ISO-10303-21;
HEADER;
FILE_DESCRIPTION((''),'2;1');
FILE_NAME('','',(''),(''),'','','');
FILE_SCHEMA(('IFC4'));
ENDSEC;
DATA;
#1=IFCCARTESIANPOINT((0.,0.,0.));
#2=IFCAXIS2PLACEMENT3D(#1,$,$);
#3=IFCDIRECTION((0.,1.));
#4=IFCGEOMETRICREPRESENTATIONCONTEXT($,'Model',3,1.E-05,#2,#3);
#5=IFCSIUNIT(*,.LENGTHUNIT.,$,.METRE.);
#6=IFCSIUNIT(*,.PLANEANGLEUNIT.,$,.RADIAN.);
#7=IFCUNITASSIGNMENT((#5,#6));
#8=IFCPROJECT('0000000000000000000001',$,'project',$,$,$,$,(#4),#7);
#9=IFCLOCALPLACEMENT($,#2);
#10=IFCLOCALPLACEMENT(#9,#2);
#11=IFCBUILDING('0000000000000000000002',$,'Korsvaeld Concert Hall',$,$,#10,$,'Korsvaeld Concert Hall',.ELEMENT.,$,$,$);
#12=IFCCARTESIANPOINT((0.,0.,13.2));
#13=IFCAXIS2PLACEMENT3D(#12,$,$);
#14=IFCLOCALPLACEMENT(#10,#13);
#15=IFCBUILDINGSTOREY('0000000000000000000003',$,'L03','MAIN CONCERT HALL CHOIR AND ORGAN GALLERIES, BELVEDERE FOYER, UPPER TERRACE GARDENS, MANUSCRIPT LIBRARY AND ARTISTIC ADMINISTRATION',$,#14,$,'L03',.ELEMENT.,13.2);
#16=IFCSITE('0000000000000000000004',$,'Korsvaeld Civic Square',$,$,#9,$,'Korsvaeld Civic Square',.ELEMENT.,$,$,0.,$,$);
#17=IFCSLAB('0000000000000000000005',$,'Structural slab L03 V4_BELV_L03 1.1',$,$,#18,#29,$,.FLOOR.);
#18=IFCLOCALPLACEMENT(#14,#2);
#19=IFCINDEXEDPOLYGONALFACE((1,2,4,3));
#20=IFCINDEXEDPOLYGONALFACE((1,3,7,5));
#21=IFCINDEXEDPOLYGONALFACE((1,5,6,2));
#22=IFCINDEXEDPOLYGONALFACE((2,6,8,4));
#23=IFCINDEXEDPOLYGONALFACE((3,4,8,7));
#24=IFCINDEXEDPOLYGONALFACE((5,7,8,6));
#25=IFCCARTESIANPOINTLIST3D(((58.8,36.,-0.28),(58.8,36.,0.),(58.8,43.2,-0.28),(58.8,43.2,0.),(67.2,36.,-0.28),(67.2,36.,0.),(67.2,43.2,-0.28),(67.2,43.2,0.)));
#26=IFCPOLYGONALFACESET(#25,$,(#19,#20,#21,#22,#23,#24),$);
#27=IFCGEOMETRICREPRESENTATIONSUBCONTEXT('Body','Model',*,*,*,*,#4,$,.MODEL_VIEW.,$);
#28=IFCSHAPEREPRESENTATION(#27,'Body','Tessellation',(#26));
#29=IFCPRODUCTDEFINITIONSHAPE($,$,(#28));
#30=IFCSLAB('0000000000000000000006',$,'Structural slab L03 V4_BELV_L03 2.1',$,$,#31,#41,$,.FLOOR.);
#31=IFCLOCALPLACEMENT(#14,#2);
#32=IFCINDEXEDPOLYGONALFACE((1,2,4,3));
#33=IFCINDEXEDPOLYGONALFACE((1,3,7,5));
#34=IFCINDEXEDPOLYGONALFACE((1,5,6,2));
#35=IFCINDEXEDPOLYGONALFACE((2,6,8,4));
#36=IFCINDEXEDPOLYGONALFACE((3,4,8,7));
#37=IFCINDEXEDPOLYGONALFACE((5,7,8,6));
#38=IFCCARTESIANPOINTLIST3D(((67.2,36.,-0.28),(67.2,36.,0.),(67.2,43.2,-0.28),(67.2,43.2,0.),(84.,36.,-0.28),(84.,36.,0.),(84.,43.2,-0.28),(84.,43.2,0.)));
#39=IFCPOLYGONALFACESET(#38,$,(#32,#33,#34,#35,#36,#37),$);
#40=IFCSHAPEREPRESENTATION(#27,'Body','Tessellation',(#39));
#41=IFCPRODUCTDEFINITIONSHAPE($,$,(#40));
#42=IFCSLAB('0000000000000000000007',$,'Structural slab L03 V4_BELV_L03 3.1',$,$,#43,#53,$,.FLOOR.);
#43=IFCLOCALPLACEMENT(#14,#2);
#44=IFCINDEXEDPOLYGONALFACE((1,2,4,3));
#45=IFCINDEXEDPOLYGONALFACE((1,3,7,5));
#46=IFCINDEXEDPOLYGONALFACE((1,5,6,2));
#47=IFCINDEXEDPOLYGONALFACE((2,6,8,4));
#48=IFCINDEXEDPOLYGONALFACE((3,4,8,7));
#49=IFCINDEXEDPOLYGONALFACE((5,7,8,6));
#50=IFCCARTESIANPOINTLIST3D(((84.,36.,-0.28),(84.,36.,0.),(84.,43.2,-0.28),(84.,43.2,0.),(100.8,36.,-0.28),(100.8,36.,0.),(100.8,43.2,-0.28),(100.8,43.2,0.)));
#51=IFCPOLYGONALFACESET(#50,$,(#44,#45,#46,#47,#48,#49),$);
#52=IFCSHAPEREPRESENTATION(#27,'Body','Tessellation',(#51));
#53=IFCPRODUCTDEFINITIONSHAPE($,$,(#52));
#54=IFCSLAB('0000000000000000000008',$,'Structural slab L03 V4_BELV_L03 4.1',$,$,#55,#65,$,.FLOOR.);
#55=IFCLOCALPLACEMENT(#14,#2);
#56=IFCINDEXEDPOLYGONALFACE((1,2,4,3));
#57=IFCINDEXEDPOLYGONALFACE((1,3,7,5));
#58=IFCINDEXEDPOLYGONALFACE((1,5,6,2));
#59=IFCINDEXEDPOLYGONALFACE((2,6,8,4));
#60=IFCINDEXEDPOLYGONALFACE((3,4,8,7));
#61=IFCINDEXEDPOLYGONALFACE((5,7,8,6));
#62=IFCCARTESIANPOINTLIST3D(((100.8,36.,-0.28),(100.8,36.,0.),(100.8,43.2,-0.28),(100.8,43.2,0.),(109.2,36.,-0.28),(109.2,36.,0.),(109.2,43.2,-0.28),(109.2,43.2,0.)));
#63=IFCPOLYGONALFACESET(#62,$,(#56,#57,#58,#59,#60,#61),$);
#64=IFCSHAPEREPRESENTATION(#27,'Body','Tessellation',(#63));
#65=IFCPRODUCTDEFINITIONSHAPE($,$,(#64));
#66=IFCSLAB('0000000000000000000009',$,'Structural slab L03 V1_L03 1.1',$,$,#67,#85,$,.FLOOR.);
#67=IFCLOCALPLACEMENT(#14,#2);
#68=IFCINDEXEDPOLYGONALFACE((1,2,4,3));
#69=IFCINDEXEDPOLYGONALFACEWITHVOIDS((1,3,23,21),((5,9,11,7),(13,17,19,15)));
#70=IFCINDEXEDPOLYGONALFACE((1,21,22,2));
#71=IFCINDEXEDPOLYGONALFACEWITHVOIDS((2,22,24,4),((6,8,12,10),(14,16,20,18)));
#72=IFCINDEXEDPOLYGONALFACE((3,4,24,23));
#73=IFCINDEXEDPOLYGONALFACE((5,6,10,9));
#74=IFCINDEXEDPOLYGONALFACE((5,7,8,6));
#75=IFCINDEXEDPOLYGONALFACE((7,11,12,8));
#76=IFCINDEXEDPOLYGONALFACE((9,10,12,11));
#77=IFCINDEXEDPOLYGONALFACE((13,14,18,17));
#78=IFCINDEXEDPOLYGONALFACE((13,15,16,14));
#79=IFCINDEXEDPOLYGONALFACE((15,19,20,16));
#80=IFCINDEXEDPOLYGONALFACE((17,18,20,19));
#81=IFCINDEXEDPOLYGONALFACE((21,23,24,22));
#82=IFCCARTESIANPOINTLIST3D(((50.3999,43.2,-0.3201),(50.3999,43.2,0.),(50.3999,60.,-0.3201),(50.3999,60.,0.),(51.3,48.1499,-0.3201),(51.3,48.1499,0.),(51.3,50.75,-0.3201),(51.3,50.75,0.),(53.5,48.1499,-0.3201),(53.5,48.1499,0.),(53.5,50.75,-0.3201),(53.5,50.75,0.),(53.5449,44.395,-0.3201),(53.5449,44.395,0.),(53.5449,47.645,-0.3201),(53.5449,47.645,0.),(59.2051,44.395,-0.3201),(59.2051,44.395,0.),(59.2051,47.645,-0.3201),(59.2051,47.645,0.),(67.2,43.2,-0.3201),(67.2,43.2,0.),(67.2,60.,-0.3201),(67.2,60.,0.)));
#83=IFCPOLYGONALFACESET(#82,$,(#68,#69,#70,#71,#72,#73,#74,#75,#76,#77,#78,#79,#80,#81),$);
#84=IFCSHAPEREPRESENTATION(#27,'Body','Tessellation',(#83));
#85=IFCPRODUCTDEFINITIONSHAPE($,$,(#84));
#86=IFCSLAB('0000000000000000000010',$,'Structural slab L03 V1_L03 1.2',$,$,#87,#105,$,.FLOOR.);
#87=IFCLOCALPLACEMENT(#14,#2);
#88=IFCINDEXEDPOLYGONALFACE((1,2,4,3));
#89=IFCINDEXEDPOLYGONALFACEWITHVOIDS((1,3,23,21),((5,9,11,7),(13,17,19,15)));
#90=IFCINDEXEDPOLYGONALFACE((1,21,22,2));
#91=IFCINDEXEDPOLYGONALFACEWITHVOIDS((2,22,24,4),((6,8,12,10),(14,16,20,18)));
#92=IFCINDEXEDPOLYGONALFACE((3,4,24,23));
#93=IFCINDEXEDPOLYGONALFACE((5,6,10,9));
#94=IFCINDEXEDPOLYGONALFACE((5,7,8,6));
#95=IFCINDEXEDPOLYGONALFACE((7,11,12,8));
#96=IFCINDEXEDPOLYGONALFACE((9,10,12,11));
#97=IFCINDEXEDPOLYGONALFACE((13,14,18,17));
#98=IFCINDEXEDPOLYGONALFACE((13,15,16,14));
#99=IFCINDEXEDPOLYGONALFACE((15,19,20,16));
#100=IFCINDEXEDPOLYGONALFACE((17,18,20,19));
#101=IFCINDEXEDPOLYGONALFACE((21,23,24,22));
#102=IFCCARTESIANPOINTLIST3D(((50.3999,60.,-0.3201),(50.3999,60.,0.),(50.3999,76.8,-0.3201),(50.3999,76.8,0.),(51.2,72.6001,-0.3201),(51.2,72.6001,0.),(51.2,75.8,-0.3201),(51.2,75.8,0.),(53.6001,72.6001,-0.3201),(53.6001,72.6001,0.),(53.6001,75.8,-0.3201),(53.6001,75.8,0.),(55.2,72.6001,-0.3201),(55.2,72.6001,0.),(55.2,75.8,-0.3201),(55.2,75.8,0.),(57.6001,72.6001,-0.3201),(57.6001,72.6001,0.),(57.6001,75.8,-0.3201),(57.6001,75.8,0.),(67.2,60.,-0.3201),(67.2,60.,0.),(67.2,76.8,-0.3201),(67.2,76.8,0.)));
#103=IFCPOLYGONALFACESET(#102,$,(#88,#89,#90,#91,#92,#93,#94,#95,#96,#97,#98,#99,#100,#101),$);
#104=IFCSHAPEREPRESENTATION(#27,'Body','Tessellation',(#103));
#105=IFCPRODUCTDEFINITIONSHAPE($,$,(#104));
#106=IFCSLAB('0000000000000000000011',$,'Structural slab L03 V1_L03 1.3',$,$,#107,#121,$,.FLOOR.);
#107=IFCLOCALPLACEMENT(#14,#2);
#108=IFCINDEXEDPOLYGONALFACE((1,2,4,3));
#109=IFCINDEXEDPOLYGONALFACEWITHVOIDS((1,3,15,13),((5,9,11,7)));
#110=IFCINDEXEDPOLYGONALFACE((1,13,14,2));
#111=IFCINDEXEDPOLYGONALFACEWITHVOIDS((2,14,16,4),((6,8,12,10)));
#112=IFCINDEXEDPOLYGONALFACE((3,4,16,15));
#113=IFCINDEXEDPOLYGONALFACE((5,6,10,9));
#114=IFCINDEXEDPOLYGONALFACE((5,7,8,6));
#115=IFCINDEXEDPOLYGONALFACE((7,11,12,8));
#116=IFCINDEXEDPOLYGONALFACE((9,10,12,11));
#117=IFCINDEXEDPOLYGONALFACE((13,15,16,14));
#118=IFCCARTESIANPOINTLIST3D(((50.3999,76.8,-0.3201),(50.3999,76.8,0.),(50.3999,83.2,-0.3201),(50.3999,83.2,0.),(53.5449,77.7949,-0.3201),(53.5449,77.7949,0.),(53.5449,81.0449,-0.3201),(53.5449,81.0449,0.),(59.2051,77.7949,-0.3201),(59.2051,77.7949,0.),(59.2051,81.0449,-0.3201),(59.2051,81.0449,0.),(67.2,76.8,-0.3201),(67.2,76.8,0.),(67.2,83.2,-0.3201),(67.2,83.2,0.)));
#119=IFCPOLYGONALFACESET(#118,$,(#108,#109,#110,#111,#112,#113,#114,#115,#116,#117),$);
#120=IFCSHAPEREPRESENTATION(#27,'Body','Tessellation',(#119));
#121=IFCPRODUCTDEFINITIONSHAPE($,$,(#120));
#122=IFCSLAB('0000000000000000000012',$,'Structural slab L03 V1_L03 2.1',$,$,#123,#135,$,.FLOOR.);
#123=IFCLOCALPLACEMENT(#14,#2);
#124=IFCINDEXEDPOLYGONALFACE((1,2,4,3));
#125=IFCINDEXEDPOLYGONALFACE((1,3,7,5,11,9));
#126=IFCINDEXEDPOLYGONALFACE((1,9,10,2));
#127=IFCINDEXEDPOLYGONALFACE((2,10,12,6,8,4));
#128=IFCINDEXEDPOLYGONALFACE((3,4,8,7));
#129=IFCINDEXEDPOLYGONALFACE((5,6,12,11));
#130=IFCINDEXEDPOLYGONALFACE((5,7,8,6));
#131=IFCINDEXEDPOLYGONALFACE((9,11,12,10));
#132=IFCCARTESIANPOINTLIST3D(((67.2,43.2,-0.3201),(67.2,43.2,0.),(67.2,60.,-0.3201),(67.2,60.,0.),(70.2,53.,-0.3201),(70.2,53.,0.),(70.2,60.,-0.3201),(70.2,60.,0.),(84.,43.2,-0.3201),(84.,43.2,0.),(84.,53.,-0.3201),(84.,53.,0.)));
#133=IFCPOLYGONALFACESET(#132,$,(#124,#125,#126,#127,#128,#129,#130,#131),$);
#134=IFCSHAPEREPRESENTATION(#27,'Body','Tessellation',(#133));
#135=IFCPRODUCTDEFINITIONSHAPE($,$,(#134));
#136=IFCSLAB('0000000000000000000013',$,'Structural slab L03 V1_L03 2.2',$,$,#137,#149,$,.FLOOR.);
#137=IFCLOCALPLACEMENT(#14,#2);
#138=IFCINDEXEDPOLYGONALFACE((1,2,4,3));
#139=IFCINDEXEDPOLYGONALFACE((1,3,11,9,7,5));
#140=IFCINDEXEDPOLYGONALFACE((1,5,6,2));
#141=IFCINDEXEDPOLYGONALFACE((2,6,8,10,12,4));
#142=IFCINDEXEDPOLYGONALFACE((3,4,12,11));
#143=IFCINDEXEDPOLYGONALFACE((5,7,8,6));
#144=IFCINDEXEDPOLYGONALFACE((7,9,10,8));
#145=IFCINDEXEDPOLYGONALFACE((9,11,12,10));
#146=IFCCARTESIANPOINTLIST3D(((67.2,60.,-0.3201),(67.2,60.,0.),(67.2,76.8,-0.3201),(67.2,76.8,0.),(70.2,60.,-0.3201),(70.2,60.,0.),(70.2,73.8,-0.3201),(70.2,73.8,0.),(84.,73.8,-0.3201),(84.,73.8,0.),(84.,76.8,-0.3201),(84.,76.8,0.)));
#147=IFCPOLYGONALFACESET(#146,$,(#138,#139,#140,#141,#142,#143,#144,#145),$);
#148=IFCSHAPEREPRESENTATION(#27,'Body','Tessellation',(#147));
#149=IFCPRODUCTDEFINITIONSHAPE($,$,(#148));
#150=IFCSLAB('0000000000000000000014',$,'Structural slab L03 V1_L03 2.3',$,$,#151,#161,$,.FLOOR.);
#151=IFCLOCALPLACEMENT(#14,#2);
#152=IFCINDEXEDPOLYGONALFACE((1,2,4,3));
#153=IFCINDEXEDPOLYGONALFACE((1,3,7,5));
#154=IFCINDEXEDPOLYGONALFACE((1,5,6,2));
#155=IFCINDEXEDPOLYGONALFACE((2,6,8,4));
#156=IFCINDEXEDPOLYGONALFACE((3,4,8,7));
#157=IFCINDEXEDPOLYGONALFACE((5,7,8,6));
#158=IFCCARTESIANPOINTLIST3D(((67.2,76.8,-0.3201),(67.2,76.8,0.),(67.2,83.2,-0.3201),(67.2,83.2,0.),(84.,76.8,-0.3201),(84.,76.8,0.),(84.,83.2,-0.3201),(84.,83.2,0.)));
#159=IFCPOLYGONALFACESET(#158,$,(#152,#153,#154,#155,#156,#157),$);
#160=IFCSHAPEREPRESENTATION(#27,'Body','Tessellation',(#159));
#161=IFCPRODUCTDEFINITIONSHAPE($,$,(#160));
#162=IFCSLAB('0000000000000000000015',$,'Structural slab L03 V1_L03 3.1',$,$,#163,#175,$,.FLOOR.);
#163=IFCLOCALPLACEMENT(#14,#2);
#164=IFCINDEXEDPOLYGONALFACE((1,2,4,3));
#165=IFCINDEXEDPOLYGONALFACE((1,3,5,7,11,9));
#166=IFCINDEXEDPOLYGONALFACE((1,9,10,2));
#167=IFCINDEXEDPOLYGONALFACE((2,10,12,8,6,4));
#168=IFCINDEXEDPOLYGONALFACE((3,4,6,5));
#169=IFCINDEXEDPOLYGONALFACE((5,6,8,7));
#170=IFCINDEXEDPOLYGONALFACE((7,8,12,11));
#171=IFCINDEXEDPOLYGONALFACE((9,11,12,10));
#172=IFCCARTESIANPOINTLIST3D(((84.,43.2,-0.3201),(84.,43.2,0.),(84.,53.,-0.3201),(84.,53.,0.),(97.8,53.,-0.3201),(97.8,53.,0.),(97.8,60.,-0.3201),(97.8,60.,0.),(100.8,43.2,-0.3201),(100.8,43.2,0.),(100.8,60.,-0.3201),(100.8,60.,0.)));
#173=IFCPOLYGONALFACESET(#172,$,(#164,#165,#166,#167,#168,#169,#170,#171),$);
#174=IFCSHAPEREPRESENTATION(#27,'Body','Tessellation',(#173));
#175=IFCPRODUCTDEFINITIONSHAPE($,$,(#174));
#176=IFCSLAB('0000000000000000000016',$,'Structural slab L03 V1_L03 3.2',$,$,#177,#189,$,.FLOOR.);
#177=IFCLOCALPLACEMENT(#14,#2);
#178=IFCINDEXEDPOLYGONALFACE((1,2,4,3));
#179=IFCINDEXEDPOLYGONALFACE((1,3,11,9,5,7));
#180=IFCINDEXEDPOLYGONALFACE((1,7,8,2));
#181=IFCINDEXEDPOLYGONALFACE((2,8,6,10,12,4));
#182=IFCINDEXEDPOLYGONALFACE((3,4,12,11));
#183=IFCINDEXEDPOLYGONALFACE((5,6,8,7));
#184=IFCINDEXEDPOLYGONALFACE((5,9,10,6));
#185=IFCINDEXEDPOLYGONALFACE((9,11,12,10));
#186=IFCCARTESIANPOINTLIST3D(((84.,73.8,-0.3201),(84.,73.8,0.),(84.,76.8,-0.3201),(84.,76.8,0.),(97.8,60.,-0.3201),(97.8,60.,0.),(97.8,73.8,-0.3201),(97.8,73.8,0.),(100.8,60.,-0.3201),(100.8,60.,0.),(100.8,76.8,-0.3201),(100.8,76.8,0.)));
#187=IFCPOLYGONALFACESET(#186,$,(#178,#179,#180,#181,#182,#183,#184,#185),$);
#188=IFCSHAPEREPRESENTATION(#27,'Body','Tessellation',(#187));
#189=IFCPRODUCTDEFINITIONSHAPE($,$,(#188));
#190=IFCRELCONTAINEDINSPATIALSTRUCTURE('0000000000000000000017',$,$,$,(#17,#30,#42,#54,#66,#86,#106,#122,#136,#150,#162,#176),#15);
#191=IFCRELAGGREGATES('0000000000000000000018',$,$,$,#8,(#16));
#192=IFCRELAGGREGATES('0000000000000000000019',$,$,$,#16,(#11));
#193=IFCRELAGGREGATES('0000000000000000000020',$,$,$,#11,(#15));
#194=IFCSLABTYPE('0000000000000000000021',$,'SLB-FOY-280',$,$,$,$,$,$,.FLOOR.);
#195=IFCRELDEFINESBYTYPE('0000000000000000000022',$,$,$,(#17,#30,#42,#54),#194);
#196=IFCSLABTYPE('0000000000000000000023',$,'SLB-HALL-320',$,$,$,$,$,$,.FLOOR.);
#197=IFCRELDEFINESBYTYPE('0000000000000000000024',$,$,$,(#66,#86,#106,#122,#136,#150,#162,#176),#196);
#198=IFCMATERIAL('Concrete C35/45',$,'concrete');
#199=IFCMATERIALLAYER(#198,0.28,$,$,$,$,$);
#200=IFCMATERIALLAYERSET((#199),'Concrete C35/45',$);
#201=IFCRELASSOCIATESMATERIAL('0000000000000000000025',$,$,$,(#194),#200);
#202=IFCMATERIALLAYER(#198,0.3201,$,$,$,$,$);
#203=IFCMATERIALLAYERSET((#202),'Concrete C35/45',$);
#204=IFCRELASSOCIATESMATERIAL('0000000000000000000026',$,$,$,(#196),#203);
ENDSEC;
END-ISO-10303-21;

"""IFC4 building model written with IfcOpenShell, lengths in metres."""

from ifc_helpers import new_model, si_unit, direction, frame, origin, place, context, subcontext, project, spatial, polyline, outline, extrude, material, layer, layer_set, type_object, element, save


model = new_model("IFC4")

# Units and contexts
model_context = context("Model", 3, precision=1e-05, world=origin(), true_north=direction((0.0, 1.0)))
body_context = subcontext(model_context, "Body", "Model", "MODEL_VIEW")
ifc_project = project(units=[si_unit("LENGTHUNIT", "METRE"), si_unit("PLANEANGLEUNIT", "RADIAN")], contexts=[model_context])

# Site, building, storey
site_placement = place(None, origin())
site = spatial("IfcSite", under=ifc_project, at=site_placement, Name="Korsvaeld Civic Square", LongName="Korsvaeld Civic Square", CompositionType="ELEMENT", RefElevation=0.0)
building_placement = place(site_placement, origin())
building = spatial("IfcBuilding", under=site, at=building_placement, Name="Korsvaeld Concert Hall", LongName="Korsvaeld Concert Hall", CompositionType="ELEMENT")
storey_placement = place(building_placement, frame((0.0, 0.0, 13.2)))
storey = spatial("IfcBuildingStorey", under=building, at=storey_placement, Name="L03", Description="MAIN CONCERT HALL CHOIR AND ORGAN GALLERIES, BELVEDERE FOYER, UPPER TERRACE GARDENS, MANUSCRIPT LIBRARY AND ARTISTIC ADMINISTRATION", LongName="L03", CompositionType="ELEMENT", Elevation=13.2)

# Slabs
ifc_material_1 = material(Name="Concrete C35/45", Category="concrete")
ifc_layer_1 = layer(ifc_material_1, 0.28)
ifc_layer_set_1 = layer_set([ifc_layer_1], Name="Concrete C35/45")
slab_type_1 = type_object("IfcSlabType", Name="SLB-FOY-280", PredefinedType="FLOOR", material=ifc_layer_set_1)
slab_1_placement = place(storey_placement, frame((0.0, 0.0, -0.28)))
element("IfcSlab", 1, at=slab_1_placement, inside=storey, type_object=slab_type_1, Name="Structural slab L03 V4_BELV_L03 1.1", PredefinedType="FLOOR", context=body_context, shape_type="SweptSolid", body=[
    extrude(outline(polyline([(58.8, 36.0), (58.8, 43.2), (67.2, 43.2), (67.2, 36.0), (58.8, 36.0)])), origin(), (0.0, 0.0, 1.0), 0.28),
])
slab_2_placement = place(storey_placement, frame((0.0, 0.0, -0.28)))
element("IfcSlab", 2, at=slab_2_placement, inside=storey, type_object=slab_type_1, Name="Structural slab L03 V4_BELV_L03 2.1", PredefinedType="FLOOR", context=body_context, shape_type="SweptSolid", body=[
    extrude(outline(polyline([(67.2, 36.0), (67.2, 43.2), (84.0, 43.2), (84.0, 36.0), (67.2, 36.0)])), origin(), (0.0, 0.0, 1.0), 0.28),
])
slab_3_placement = place(storey_placement, frame((0.0, 0.0, -0.28)))
element("IfcSlab", 3, at=slab_3_placement, inside=storey, type_object=slab_type_1, Name="Structural slab L03 V4_BELV_L03 3.1", PredefinedType="FLOOR", context=body_context, shape_type="SweptSolid", body=[
    extrude(outline(polyline([(84.0, 36.0), (84.0, 43.2), (100.8, 43.2), (100.8, 36.0), (84.0, 36.0)])), origin(), (0.0, 0.0, 1.0), 0.28),
])
slab_4_placement = place(storey_placement, frame((0.0, 0.0, -0.28)))
element("IfcSlab", 4, at=slab_4_placement, inside=storey, type_object=slab_type_1, Name="Structural slab L03 V4_BELV_L03 4.1", PredefinedType="FLOOR", context=body_context, shape_type="SweptSolid", body=[
    extrude(outline(polyline([(100.8, 36.0), (100.8, 43.2), (109.2, 43.2), (109.2, 36.0), (100.8, 36.0)])), origin(), (0.0, 0.0, 1.0), 0.28),
])
ifc_layer_2 = layer(ifc_material_1, 0.3201)
ifc_layer_set_2 = layer_set([ifc_layer_2], Name="Concrete C35/45")
slab_type_2 = type_object("IfcSlabType", Name="SLB-HALL-320", PredefinedType="FLOOR", material=ifc_layer_set_2)
slab_5_placement = place(storey_placement, frame((0.0, 0.0, -0.3201)))
element("IfcSlab", 5, at=slab_5_placement, inside=storey, type_object=slab_type_2, Name="Structural slab L03 V1_L03 1.1", PredefinedType="FLOOR", context=body_context, shape_type="SweptSolid", body=[
    extrude(outline(polyline([(50.3999, 43.2), (50.3999, 60.0), (67.2, 60.0), (67.2, 43.2), (50.3999, 43.2)]), holes=[polyline([(59.2051, 47.645), (53.5449, 47.645), (53.5449, 44.395), (59.2051, 44.395), (59.2051, 47.645)]), polyline([(53.5, 50.75), (51.3, 50.75), (51.3, 48.1499), (53.5, 48.1499), (53.5, 50.75)])]), origin(), (0.0, 0.0, 1.0), 0.3201),
])
slab_6_placement = place(storey_placement, frame((0.0, 0.0, -0.3201)))
element("IfcSlab", 6, at=slab_6_placement, inside=storey, type_object=slab_type_2, Name="Structural slab L03 V1_L03 1.2", PredefinedType="FLOOR", context=body_context, shape_type="SweptSolid", body=[
    extrude(outline(polyline([(50.3999, 60.0), (50.3999, 76.8), (67.2, 76.8), (67.2, 60.0), (50.3999, 60.0)]), holes=[polyline([(53.6001, 75.8), (51.2, 75.8), (51.2, 72.6001), (53.6001, 72.6001), (53.6001, 75.8)]), polyline([(57.6001, 75.8), (55.2, 75.8), (55.2, 72.6001), (57.6001, 72.6001), (57.6001, 75.8)])]), origin(), (0.0, 0.0, 1.0), 0.3201),
])
slab_7_placement = place(storey_placement, frame((0.0, 0.0, -0.3201)))
element("IfcSlab", 7, at=slab_7_placement, inside=storey, type_object=slab_type_2, Name="Structural slab L03 V1_L03 1.3", PredefinedType="FLOOR", context=body_context, shape_type="SweptSolid", body=[
    extrude(outline(polyline([(50.3999, 76.8), (50.3999, 83.2), (67.2, 83.2), (67.2, 76.8), (50.3999, 76.8)]), holes=[polyline([(59.2051, 77.7949), (59.2051, 81.0449), (53.5449, 81.0449), (53.5449, 77.7949), (59.2051, 77.7949)])]), origin(), (0.0, 0.0, 1.0), 0.3201),
])
slab_8_placement = place(storey_placement, frame((0.0, 0.0, -0.3201)))
element("IfcSlab", 8, at=slab_8_placement, inside=storey, type_object=slab_type_2, Name="Structural slab L03 V1_L03 2.1", PredefinedType="FLOOR", context=body_context, shape_type="SweptSolid", body=[
    extrude(outline(polyline([(84.0, 43.2), (67.2, 43.2), (67.2, 60.0), (70.2, 60.0), (70.2, 53.0), (84.0, 53.0), (84.0, 43.2)])), origin(), (0.0, 0.0, 1.0), 0.3201),
])
slab_9_placement = place(storey_placement, frame((0.0, 0.0, -0.3201)))
element("IfcSlab", 9, at=slab_9_placement, inside=storey, type_object=slab_type_2, Name="Structural slab L03 V1_L03 2.2", PredefinedType="FLOOR", context=body_context, shape_type="SweptSolid", body=[
    extrude(outline(polyline([(67.2, 60.0), (67.2, 76.8), (84.0, 76.8), (84.0, 73.8), (70.2, 73.8), (70.2, 60.0), (67.2, 60.0)])), origin(), (0.0, 0.0, 1.0), 0.3201),
])
slab_10_placement = place(storey_placement, frame((0.0, 0.0, -0.3201)))
element("IfcSlab", 10, at=slab_10_placement, inside=storey, type_object=slab_type_2, Name="Structural slab L03 V1_L03 2.3", PredefinedType="FLOOR", context=body_context, shape_type="SweptSolid", body=[
    extrude(outline(polyline([(67.2, 76.8), (67.2, 83.2), (84.0, 83.2), (84.0, 76.8), (67.2, 76.8)])), origin(), (0.0, 0.0, 1.0), 0.3201),
])
slab_11_placement = place(storey_placement, frame((0.0, 0.0, -0.3201)))
element("IfcSlab", 11, at=slab_11_placement, inside=storey, type_object=slab_type_2, Name="Structural slab L03 V1_L03 3.1", PredefinedType="FLOOR", context=body_context, shape_type="SweptSolid", body=[
    extrude(outline(polyline([(100.8, 60.0), (100.8, 43.2), (84.0, 43.2), (84.0, 53.0), (97.8, 53.0), (97.8, 60.0), (100.8, 60.0)])), origin(), (0.0, 0.0, 1.0), 0.3201),
])
slab_12_placement = place(storey_placement, frame((0.0, 0.0, -0.3201)))
element("IfcSlab", 12, at=slab_12_placement, inside=storey, type_object=slab_type_2, Name="Structural slab L03 V1_L03 3.2", PredefinedType="FLOOR", context=body_context, shape_type="SweptSolid", body=[
    extrude(outline(polyline([(84.0, 76.8), (100.8, 76.8), (100.8, 60.0), (97.8, 60.0), (97.8, 73.8), (84.0, 73.8), (84.0, 76.8)])), origin(), (0.0, 0.0, 1.0), 0.3201),
])

save(model, "model.ifc")
